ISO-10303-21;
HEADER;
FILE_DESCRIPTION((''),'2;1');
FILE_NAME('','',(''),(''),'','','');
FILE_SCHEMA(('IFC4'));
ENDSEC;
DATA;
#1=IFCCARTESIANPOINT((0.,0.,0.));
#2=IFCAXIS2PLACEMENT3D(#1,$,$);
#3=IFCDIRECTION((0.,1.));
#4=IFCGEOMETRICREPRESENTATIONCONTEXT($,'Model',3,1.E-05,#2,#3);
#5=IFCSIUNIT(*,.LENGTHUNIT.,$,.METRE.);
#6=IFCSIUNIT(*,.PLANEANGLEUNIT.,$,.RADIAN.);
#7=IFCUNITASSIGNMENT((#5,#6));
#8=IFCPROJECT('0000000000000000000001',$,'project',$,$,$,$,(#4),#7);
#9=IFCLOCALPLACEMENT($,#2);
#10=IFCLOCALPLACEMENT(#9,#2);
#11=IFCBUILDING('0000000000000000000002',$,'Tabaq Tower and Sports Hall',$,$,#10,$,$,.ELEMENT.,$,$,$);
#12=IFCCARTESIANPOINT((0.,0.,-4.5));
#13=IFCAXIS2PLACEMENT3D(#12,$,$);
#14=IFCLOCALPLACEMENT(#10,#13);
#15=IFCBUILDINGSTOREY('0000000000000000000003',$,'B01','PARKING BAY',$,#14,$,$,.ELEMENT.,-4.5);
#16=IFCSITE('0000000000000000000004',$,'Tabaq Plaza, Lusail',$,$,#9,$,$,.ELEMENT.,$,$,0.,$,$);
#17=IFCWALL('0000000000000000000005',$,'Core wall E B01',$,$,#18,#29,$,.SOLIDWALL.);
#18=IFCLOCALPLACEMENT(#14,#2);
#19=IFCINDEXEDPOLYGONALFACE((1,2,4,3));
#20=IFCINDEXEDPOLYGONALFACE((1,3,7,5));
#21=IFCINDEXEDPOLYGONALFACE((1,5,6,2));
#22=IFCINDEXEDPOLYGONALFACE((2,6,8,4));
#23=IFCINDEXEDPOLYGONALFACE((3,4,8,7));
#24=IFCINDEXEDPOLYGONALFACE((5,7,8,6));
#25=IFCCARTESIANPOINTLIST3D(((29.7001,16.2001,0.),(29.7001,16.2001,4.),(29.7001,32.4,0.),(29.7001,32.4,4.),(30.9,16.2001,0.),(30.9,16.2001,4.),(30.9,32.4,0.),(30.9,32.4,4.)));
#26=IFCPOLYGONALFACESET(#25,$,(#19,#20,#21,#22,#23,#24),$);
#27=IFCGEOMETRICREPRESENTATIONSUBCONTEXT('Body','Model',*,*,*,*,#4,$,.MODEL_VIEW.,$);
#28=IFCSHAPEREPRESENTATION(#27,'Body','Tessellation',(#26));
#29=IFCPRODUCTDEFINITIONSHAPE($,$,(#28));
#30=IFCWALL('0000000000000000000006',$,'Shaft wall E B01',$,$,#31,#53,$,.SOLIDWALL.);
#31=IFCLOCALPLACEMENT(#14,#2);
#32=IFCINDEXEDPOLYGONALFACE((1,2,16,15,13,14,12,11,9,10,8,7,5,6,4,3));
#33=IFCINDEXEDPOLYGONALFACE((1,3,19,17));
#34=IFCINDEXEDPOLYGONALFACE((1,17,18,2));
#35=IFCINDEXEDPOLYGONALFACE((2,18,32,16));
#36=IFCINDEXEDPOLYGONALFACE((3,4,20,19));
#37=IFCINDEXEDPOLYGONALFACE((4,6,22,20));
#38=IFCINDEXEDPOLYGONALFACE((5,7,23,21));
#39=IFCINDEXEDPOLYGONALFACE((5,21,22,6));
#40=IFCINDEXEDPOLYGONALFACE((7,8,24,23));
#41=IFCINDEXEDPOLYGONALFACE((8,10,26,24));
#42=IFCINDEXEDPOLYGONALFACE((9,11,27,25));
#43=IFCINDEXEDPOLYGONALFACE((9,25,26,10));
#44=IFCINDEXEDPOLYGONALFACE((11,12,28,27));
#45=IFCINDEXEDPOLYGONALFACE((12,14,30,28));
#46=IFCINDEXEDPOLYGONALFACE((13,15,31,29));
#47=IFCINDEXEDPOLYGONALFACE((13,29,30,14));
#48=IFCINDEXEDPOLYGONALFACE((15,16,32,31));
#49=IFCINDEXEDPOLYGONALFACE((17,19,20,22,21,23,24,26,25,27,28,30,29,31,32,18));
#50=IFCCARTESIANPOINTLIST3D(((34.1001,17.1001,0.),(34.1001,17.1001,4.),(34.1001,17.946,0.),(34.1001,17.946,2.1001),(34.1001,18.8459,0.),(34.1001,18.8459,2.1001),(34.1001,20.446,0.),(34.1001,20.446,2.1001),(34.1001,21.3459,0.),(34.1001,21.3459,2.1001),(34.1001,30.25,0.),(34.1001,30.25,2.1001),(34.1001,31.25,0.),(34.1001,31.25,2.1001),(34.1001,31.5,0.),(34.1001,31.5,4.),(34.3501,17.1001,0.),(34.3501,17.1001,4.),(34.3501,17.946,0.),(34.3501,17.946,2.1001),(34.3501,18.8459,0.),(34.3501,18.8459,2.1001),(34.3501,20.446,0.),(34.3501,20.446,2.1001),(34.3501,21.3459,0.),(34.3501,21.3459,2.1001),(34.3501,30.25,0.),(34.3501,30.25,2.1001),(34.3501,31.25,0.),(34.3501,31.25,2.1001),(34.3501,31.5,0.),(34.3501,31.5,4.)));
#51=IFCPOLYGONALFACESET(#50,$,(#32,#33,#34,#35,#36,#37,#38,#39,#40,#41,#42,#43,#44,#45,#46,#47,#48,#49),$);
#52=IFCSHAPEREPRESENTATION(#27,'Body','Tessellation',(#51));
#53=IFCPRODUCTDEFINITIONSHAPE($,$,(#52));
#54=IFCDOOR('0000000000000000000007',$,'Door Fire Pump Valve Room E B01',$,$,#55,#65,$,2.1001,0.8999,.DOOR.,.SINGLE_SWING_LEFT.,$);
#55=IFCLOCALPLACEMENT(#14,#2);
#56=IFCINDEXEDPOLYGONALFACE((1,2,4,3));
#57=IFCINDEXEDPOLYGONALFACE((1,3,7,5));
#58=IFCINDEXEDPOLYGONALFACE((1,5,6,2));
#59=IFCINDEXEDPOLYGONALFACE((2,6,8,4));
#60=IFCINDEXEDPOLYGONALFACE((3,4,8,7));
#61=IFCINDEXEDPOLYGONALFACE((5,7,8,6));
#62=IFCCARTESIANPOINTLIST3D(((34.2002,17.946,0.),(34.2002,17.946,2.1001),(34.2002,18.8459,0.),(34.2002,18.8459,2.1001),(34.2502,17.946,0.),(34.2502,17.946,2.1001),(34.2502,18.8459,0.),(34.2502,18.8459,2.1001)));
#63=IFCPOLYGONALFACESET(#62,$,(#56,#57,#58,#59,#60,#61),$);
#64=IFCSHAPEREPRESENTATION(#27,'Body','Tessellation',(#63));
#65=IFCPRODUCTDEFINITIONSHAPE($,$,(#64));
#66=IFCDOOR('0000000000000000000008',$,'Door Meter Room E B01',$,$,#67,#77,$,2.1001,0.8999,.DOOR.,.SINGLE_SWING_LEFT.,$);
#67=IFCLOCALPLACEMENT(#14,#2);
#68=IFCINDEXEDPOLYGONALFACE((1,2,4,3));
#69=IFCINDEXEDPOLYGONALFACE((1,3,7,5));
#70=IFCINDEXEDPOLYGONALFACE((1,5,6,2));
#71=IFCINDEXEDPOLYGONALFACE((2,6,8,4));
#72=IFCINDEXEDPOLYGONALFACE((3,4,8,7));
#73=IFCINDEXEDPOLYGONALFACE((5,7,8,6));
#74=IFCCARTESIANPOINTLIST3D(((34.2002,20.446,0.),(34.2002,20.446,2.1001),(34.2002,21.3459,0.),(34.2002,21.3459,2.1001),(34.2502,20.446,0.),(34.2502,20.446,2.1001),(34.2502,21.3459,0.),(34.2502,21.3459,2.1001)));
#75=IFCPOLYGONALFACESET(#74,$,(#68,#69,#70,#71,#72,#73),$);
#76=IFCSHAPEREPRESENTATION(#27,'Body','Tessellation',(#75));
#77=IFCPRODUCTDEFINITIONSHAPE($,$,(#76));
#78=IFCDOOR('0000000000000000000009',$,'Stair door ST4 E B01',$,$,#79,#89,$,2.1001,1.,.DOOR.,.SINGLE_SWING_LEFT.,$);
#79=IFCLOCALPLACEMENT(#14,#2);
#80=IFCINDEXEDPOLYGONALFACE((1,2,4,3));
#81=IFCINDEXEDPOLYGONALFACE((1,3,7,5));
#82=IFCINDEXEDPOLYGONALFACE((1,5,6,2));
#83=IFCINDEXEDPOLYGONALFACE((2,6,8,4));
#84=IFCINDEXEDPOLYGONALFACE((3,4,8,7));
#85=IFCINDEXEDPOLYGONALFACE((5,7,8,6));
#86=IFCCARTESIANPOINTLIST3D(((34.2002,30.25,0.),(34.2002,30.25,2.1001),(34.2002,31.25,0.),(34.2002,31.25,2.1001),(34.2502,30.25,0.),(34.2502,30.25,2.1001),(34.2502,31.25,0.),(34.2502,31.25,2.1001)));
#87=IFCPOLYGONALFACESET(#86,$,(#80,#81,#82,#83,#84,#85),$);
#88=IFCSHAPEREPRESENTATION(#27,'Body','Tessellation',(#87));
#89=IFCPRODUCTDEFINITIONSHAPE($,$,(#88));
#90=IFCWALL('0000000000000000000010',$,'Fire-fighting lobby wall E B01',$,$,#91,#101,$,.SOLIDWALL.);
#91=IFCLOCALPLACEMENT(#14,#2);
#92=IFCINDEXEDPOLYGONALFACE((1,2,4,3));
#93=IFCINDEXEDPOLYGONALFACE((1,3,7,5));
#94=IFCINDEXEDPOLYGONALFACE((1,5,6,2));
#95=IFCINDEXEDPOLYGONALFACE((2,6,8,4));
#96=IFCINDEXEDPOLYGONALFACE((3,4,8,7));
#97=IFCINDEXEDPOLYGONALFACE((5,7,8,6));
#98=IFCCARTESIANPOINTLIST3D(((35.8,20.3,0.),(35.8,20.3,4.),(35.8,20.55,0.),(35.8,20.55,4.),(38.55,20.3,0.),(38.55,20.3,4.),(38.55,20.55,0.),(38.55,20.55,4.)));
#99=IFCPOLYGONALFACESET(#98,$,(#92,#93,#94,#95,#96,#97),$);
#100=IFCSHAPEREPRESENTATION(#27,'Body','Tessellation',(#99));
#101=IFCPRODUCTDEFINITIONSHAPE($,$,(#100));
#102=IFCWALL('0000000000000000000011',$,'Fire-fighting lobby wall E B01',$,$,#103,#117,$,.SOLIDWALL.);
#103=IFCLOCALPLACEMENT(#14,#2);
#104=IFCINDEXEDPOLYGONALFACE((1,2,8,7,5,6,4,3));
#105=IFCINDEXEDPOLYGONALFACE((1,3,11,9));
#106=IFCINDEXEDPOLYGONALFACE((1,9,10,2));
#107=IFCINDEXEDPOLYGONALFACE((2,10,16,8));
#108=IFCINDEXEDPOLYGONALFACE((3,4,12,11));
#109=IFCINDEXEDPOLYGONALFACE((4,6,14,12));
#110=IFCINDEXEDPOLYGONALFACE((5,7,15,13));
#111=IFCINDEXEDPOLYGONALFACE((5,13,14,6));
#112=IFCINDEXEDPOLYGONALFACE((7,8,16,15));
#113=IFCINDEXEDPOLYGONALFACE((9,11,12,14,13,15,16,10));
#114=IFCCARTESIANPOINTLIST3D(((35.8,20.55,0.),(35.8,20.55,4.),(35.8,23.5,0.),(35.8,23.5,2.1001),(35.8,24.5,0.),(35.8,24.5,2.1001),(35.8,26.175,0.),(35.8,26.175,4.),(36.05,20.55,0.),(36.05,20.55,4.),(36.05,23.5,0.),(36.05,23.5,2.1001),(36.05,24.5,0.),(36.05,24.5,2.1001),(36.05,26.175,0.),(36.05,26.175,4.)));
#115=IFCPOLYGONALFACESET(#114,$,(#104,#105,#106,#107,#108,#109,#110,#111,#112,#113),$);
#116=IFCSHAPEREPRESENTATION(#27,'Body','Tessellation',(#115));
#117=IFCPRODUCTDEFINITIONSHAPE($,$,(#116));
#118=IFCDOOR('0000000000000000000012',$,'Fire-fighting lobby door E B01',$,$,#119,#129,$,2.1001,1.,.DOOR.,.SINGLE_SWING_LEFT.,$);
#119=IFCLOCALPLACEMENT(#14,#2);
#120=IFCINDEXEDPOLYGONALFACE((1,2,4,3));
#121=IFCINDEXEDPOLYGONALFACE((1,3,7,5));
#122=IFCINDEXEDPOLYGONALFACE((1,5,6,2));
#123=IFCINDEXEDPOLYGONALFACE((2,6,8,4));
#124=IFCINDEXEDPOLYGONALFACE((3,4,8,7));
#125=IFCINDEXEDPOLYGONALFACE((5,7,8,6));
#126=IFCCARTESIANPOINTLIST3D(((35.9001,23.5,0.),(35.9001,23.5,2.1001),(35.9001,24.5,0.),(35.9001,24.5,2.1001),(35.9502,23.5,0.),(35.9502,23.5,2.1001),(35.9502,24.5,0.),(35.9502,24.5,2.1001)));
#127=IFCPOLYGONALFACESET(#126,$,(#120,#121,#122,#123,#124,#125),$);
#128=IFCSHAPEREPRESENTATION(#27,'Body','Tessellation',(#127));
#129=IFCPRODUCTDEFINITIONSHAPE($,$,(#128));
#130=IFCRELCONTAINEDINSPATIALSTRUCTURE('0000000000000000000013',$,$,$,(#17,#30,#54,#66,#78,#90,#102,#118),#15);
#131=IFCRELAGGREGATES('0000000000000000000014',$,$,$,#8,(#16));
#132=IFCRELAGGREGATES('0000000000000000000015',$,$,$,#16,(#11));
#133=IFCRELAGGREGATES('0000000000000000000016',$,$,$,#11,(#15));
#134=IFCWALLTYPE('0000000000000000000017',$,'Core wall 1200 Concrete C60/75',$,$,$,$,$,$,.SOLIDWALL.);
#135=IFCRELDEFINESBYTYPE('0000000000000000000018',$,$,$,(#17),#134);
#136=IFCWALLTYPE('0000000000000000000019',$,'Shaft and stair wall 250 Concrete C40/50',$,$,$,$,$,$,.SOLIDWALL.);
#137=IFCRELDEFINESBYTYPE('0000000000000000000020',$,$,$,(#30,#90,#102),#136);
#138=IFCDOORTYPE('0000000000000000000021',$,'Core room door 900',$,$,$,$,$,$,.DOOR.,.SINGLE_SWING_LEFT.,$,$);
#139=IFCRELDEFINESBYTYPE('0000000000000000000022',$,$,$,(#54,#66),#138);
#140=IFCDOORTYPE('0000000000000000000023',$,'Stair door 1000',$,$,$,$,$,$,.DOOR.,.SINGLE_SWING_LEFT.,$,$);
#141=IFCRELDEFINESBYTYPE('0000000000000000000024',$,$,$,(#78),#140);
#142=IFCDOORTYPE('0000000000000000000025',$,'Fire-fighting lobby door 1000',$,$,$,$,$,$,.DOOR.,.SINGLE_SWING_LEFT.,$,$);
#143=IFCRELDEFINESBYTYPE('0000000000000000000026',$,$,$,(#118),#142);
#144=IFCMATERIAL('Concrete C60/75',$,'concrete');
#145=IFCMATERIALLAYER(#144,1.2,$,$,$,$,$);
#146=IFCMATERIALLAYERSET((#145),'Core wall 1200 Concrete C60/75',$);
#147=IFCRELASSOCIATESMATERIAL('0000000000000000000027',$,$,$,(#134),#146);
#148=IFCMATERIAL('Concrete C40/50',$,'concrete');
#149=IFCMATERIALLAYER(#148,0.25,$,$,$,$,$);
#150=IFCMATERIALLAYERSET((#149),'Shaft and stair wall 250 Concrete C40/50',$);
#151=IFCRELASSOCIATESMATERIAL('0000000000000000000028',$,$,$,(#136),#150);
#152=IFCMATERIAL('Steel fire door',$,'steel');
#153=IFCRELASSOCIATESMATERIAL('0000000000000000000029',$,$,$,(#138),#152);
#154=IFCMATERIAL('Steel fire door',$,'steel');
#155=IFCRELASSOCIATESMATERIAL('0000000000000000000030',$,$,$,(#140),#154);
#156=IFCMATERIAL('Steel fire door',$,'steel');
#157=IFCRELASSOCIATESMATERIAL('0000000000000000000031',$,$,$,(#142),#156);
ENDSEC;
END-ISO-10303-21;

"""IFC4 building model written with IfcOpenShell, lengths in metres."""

from ifc_helpers import new_model, si_unit, direction, frame, frame_2d, origin, place, context, subcontext, project, spatial, rectangle, extrude, material, layer, layer_set, type_object, element, fill, save


model = new_model("IFC4")

# Units and contexts
model_context = context("Model", 3, precision=1e-05, world=origin(), true_north=direction((0.0, 1.0)))
body_context = subcontext(model_context, "Body", "Model", "MODEL_VIEW")
ifc_project = project(units=[si_unit("LENGTHUNIT", "METRE"), si_unit("PLANEANGLEUNIT", "RADIAN")], contexts=[model_context])

# Site, building, storey
site_placement = place(None, origin())
site = spatial("IfcSite", under=ifc_project, at=site_placement, Name="Tabaq Plaza, Lusail", CompositionType="ELEMENT", RefElevation=0.0)
building_placement = place(site_placement, origin())
building = spatial("IfcBuilding", under=site, at=building_placement, Name="Tabaq Tower and Sports Hall", CompositionType="ELEMENT")
storey_placement = place(building_placement, frame((0.0, 0.0, -4.5)))
storey = spatial("IfcBuildingStorey", under=building, at=storey_placement, Name="B01", Description="PARKING BAY", CompositionType="ELEMENT", Elevation=-4.5)

# Wall
ifc_material_1 = material(Name="Concrete C60/75", Category="concrete")
ifc_layer_1 = layer(ifc_material_1, 1.2)
ifc_layer_set_1 = layer_set([ifc_layer_1], Name="Core wall 1200 Concrete C60/75")
wall_type_1 = type_object("IfcWallType", Name="Core wall 1200 Concrete C60/75", PredefinedType="SOLIDWALL", material=ifc_layer_set_1)
wall_1_placement = place(storey_placement, frame((30.3, 16.2, 0.0), z_axis=(0.0, 0.0, 1.0), x_axis=(0.0, 1.0, 0.0)))
element("IfcWall", 1, at=wall_1_placement, inside=storey, type_object=wall_type_1, Name="Core wall E B01", PredefinedType="SOLIDWALL", context=body_context, shape_type="SweptSolid", body=[
    extrude(rectangle(XDim=16.2, YDim=1.2, at=frame_2d((8.1001, 0.0))), origin(), (0.0, 0.0, 1.0), 4.0),
])

# Wall, openings, doors
ifc_material_2 = material(Name="Concrete C40/50", Category="concrete")
ifc_layer_2 = layer(ifc_material_2, 0.25)
ifc_layer_set_2 = layer_set([ifc_layer_2], Name="Shaft and stair wall 250 Concrete C40/50")
wall_type_2 = type_object("IfcWallType", Name="Shaft and stair wall 250 Concrete C40/50", PredefinedType="SOLIDWALL", material=ifc_layer_set_2)
wall_2_placement = place(storey_placement, frame((34.2251, 17.1001, 0.0), z_axis=(0.0, 0.0, 1.0), x_axis=(0.0, 1.0, 0.0)))
wall_2 = element("IfcWall", 2, at=wall_2_placement, inside=storey, type_object=wall_type_2, Name="Shaft wall E B01", PredefinedType="SOLIDWALL", context=body_context, shape_type="SweptSolid", body=[
    extrude(rectangle(XDim=14.3999, YDim=0.25, at=frame_2d((7.2, 0.0))), origin(), (0.0, 0.0, 1.0), 4.0),
])
opening_1_placement = place(wall_2_placement, frame((13.1499, 0.0, 0.0)))
opening_1 = element("IfcOpeningElement", 3, at=opening_1_placement, cuts=wall_2, PredefinedType="OPENING", context=body_context, shape_type="SweptSolid", body=[
    extrude(rectangle(XDim=1.0, YDim=2.1001, at=frame_2d((0.5, 1.05))), frame((0.0, 0.125, 0.0), z_axis=(0.0, -1.0, 0.0), x_axis=(1.0, 0.0, 0.0)), (0.0, 0.0, 1.0), 0.25),
])
opening_2_placement = place(wall_2_placement, frame((0.8459, 0.0, 0.0)))
opening_2 = element("IfcOpeningElement", 4, at=opening_2_placement, cuts=wall_2, PredefinedType="OPENING", context=body_context, shape_type="SweptSolid", body=[
    extrude(rectangle(XDim=0.8999, YDim=2.1001, at=frame_2d((0.45, 1.05))), frame((0.0, 0.125, 0.0), z_axis=(0.0, -1.0, 0.0), x_axis=(1.0, 0.0, 0.0)), (0.0, 0.0, 1.0), 0.25),
])
opening_3_placement = place(wall_2_placement, frame((3.3459, 0.0, 0.0)))
opening_3 = element("IfcOpeningElement", 5, at=opening_3_placement, cuts=wall_2, PredefinedType="OPENING", context=body_context, shape_type="SweptSolid", body=[
    extrude(rectangle(XDim=0.8999, YDim=2.1001, at=frame_2d((0.45, 1.05))), frame((0.0, 0.125, 0.0), z_axis=(0.0, -1.0, 0.0), x_axis=(1.0, 0.0, 0.0)), (0.0, 0.0, 1.0), 0.25),
])
ifc_material_3 = material(Name="Steel fire door", Category="steel")
door_type_1 = type_object("IfcDoorType", Name="Core room door 900", OperationType="SINGLE_SWING_LEFT", PredefinedType="DOOR", material=ifc_material_3)
door_1_placement = place(opening_2_placement, origin())
door_1 = element("IfcDoor", 6, at=door_1_placement, inside=storey, type_object=door_type_1, Name="Door Fire Pump Valve Room E B01", OperationType="SINGLE_SWING_LEFT", OverallHeight=2.1001, OverallWidth=0.8999, PredefinedType="DOOR", context=body_context, shape_type="SweptSolid", body=[
    extrude(rectangle(XDim=0.8999, YDim=2.1001, at=frame_2d((0.45, 1.05))), frame((0.0, 0.0249, 0.0), z_axis=(0.0, -1.0, 0.0), x_axis=(1.0, 0.0, 0.0)), (0.0, 0.0, 1.0), 0.05),
])
fill(opening_2, door_1)
door_2_placement = place(opening_3_placement, origin())
door_2 = element("IfcDoor", 7, at=door_2_placement, inside=storey, type_object=door_type_1, Name="Door Meter Room E B01", OperationType="SINGLE_SWING_LEFT", OverallHeight=2.1001, OverallWidth=0.8999, PredefinedType="DOOR", context=body_context, shape_type="SweptSolid", body=[
    extrude(rectangle(XDim=0.8999, YDim=2.1001, at=frame_2d((0.45, 1.05))), frame((0.0, 0.0249, 0.0), z_axis=(0.0, -1.0, 0.0), x_axis=(1.0, 0.0, 0.0)), (0.0, 0.0, 1.0), 0.05),
])
fill(opening_3, door_2)
ifc_material_4 = material(Name="Steel fire door", Category="steel")
door_type_2 = type_object("IfcDoorType", Name="Stair door 1000", OperationType="SINGLE_SWING_LEFT", PredefinedType="DOOR", material=ifc_material_4)
door_3_placement = place(opening_1_placement, origin())
door_3 = element("IfcDoor", 8, at=door_3_placement, inside=storey, type_object=door_type_2, Name="Stair door ST4 E B01", OperationType="SINGLE_SWING_LEFT", OverallHeight=2.1001, OverallWidth=1.0, PredefinedType="DOOR", context=body_context, shape_type="SweptSolid", body=[
    extrude(rectangle(XDim=1.0, YDim=2.1001, at=frame_2d((0.5, 1.05))), frame((0.0, 0.0249, 0.0), z_axis=(0.0, -1.0, 0.0), x_axis=(1.0, 0.0, 0.0)), (0.0, 0.0, 1.0), 0.05),
])
fill(opening_1, door_3)

# Wall
wall_3_placement = place(storey_placement, frame((35.8, 20.425, 0.0), z_axis=(0.0, 0.0, 1.0), x_axis=(1.0, 0.0, 0.0)))
element("IfcWall", 9, at=wall_3_placement, inside=storey, type_object=wall_type_2, Name="Fire-fighting lobby wall E B01", PredefinedType="SOLIDWALL", context=body_context, shape_type="SweptSolid", body=[
    extrude(rectangle(XDim=2.75, YDim=0.25, at=frame_2d((1.375, 0.0))), origin(), (0.0, 0.0, 1.0), 4.0),
])

# Wall, opening, door
wall_4_placement = place(storey_placement, frame((35.925, 20.55, 0.0), z_axis=(0.0, 0.0, 1.0), x_axis=(0.0, 1.0, 0.0)))
wall_4 = element("IfcWall", 10, at=wall_4_placement, inside=storey, type_object=wall_type_2, Name="Fire-fighting lobby wall E B01", PredefinedType="SOLIDWALL", context=body_context, shape_type="SweptSolid", body=[
    extrude(rectangle(XDim=5.625, YDim=0.25, at=frame_2d((2.8125, 0.0))), origin(), (0.0, 0.0, 1.0), 4.0),
])
opening_4_placement = place(wall_4_placement, frame((2.95, 0.0, 0.0)))
opening_4 = element("IfcOpeningElement", 11, at=opening_4_placement, cuts=wall_4, PredefinedType="OPENING", context=body_context, shape_type="SweptSolid", body=[
    extrude(rectangle(XDim=1.0, YDim=2.1001, at=frame_2d((0.5, 1.05))), frame((0.0, 0.125, 0.0), z_axis=(0.0, -1.0, 0.0), x_axis=(1.0, 0.0, 0.0)), (0.0, 0.0, 1.0), 0.25),
])
ifc_material_5 = material(Name="Steel fire door", Category="steel")
door_type_3 = type_object("IfcDoorType", Name="Fire-fighting lobby door 1000", OperationType="SINGLE_SWING_LEFT", PredefinedType="DOOR", material=ifc_material_5)
door_4_placement = place(opening_4_placement, origin())
door_4 = element("IfcDoor", 12, at=door_4_placement, inside=storey, type_object=door_type_3, Name="Fire-fighting lobby door E B01", OperationType="SINGLE_SWING_LEFT", OverallHeight=2.1001, OverallWidth=1.0, PredefinedType="DOOR", context=body_context, shape_type="SweptSolid", body=[
    extrude(rectangle(XDim=1.0, YDim=2.1001, at=frame_2d((0.5, 1.05))), frame((0.0, 0.0249, 0.0), z_axis=(0.0, -1.0, 0.0), x_axis=(1.0, 0.0, 0.0)), (0.0, 0.0, 1.0), 0.05),
])
fill(opening_4, door_4)

save(model, "model.ifc")
